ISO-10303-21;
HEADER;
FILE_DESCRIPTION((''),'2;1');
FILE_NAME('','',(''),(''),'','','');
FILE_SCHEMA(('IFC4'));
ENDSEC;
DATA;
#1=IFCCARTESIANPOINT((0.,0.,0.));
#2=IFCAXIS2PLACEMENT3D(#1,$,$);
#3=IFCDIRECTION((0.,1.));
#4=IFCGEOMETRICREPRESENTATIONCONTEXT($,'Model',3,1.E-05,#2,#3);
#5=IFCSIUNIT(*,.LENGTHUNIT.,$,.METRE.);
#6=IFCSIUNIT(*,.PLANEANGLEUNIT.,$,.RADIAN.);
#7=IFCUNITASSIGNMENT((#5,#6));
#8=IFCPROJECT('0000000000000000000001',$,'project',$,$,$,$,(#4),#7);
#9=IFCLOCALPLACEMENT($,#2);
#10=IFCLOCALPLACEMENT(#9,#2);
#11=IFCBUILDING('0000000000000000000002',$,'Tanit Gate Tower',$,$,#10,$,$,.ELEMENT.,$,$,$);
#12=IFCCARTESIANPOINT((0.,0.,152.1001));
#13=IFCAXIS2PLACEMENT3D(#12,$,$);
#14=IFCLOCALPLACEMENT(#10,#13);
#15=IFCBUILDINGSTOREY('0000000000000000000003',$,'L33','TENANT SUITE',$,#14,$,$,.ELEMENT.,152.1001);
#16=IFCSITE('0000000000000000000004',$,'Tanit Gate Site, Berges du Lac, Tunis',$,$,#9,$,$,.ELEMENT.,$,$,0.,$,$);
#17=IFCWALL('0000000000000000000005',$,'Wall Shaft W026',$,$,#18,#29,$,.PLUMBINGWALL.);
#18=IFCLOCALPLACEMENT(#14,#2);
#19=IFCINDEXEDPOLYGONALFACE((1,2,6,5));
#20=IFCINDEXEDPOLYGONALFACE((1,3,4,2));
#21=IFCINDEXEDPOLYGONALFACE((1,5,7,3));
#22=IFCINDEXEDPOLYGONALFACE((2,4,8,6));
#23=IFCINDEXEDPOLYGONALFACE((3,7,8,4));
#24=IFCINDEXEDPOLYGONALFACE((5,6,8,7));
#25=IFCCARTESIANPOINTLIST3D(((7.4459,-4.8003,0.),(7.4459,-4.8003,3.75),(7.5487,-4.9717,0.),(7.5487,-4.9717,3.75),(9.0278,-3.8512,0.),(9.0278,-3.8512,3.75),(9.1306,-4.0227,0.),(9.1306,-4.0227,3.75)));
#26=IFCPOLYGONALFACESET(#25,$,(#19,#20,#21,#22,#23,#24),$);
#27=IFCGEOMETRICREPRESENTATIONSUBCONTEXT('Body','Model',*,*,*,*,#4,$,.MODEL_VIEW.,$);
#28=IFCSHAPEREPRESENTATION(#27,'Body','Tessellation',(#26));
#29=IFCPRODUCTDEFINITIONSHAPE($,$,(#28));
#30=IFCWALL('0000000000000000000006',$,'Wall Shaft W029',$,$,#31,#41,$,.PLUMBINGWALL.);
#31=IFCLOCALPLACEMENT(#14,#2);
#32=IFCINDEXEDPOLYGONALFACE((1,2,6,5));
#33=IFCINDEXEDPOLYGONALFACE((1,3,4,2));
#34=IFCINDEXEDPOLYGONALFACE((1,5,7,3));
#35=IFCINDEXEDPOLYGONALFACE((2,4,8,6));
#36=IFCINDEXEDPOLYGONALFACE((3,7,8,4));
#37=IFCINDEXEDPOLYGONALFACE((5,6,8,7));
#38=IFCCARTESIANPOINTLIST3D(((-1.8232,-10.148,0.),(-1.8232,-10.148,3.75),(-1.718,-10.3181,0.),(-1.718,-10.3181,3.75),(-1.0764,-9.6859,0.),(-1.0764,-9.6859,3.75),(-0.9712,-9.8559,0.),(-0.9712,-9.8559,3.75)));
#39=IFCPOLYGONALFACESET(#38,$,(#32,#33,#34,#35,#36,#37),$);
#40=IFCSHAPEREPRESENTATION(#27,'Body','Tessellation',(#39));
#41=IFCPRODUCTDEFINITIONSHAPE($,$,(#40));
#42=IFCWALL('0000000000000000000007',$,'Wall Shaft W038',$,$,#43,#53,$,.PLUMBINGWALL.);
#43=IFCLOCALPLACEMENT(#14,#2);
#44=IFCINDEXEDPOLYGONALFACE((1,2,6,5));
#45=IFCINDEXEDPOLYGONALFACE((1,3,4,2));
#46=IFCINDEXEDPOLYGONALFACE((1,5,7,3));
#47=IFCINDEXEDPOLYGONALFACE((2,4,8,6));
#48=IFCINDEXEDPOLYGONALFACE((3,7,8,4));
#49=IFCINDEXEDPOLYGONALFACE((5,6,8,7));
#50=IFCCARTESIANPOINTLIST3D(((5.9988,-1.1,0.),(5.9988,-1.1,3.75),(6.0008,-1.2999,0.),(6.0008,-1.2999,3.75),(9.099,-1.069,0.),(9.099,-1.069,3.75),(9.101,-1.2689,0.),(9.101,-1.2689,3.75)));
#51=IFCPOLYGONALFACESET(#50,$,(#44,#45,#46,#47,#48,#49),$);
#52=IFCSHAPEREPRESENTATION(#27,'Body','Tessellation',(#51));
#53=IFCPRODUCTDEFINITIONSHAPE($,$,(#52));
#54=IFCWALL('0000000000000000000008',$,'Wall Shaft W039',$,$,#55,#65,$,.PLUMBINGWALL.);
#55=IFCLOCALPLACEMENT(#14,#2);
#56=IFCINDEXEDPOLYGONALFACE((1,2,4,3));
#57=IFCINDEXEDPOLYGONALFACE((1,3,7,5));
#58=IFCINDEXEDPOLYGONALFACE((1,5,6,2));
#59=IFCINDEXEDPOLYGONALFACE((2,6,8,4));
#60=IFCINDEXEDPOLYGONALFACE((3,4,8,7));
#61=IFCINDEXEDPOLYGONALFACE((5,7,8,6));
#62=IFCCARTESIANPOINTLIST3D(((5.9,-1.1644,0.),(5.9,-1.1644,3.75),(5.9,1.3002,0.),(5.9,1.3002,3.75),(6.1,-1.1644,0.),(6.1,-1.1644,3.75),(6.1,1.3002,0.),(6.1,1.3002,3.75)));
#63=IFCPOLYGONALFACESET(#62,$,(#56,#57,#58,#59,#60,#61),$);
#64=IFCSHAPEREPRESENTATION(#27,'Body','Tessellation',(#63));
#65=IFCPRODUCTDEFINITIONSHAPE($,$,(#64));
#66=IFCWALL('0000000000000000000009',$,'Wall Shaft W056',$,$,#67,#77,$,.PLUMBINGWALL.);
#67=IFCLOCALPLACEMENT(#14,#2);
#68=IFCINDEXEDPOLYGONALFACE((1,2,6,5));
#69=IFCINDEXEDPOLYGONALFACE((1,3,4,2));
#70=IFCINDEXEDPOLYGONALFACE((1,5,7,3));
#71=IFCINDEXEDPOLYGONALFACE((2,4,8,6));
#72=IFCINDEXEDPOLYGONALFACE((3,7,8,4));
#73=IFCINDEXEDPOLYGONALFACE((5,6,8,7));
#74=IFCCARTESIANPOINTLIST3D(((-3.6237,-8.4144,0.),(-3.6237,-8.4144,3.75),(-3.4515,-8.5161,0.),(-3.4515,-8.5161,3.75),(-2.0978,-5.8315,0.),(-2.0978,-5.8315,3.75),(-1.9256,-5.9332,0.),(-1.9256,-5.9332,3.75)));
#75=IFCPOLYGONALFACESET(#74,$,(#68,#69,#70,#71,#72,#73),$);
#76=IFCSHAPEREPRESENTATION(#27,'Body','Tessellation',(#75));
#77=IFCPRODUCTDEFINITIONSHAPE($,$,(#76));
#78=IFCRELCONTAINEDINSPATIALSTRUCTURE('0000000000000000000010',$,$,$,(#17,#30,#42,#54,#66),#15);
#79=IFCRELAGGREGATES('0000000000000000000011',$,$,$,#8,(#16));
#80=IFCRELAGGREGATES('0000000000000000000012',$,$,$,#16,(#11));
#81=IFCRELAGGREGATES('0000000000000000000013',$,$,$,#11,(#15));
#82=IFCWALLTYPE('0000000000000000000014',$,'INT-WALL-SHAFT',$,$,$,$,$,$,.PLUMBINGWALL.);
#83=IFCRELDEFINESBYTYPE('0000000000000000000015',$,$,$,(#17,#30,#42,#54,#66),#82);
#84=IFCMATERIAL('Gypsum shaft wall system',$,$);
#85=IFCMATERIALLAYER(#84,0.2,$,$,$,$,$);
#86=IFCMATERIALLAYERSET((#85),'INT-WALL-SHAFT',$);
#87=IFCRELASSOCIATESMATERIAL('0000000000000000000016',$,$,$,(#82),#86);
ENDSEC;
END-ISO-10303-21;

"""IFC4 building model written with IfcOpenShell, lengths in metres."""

from ifc_helpers import new_model, si_unit, direction, frame, frame_2d, origin, place, context, subcontext, project, spatial, rectangle, extrude, material, layer, layer_set, type_object, element, save


model = new_model("IFC4")

# Units and contexts
model_context = context("Model", 3, precision=1e-05, world=origin(), true_north=direction((0.0, 1.0)))
body_context = subcontext(model_context, "Body", "Model", "MODEL_VIEW")
ifc_project = project(units=[si_unit("LENGTHUNIT", "METRE"), si_unit("PLANEANGLEUNIT", "RADIAN")], contexts=[model_context])

# Site, building, storey
site_placement = place(None, origin())
site = spatial("IfcSite", under=ifc_project, at=site_placement, Name="Tanit Gate Site, Berges du Lac, Tunis", CompositionType="ELEMENT", RefElevation=0.0)
building_placement = place(site_placement, origin())
building = spatial("IfcBuilding", under=site, at=building_placement, Name="Tanit Gate Tower", CompositionType="ELEMENT")
storey_placement = place(building_placement, frame((0.0, 0.0, 152.1001)))
storey = spatial("IfcBuildingStorey", under=building, at=storey_placement, Name="L33", Description="TENANT SUITE", CompositionType="ELEMENT", Elevation=152.1001)

# Walls
ifc_material_1 = material(Name="Gypsum shaft wall system")
ifc_layer_1 = layer(ifc_material_1, 0.2)
ifc_layer_set_1 = layer_set([ifc_layer_1], Name="INT-WALL-SHAFT")
wall_type_1 = type_object("IfcWallType", Name="INT-WALL-SHAFT", PredefinedType="PLUMBINGWALL", material=ifc_layer_set_1)
wall_1_placement = place(storey_placement, frame((7.4973, -4.886, 0.0), z_axis=(0.0, 0.0, 1.0), x_axis=(0.857516, 0.514457, 0.0)))
element("IfcWall", 1, at=wall_1_placement, inside=storey, type_object=wall_type_1, Name="Wall Shaft W026", PredefinedType="PLUMBINGWALL", context=body_context, shape_type="SweptSolid", body=[
    extrude(rectangle(XDim=1.8447, YDim=0.2, at=frame_2d((0.9224, 0.0))), origin(), (0.0, 0.0, 1.0), 3.75),
])
wall_2_placement = place(storey_placement, frame((-1.0239, -9.771, 0.0), z_axis=(0.0, 0.0, 1.0), x_axis=(-0.850348, -0.526221, 0.0)))
element("IfcWall", 2, at=wall_2_placement, inside=storey, type_object=wall_type_1, Name="Wall Shaft W029", PredefinedType="PLUMBINGWALL", context=body_context, shape_type="SweptSolid", body=[
    extrude(rectangle(XDim=0.8782, YDim=0.2, at=frame_2d((0.439, 0.0))), origin(), (0.0, 0.0, 1.0), 3.75),
])
wall_3_placement = place(storey_placement, frame((9.1001, -1.1689, 0.0), z_axis=(0.0, 0.0, 1.0), x_axis=(-0.99995, -0.010001, 0.0)))
element("IfcWall", 3, at=wall_3_placement, inside=storey, type_object=wall_type_1, Name="Wall Shaft W038", PredefinedType="PLUMBINGWALL", context=body_context, shape_type="SweptSolid", body=[
    extrude(rectangle(XDim=3.1003, YDim=0.2, at=frame_2d((1.5503, 0.0))), origin(), (0.0, 0.0, 1.0), 3.75),
])
wall_4_placement = place(storey_placement, frame((6.0, -1.1646, 0.0), z_axis=(0.0, 0.0, 1.0), x_axis=(0.0, 1.0, 0.0)))
element("IfcWall", 4, at=wall_4_placement, inside=storey, type_object=wall_type_1, Name="Wall Shaft W039", PredefinedType="PLUMBINGWALL", context=body_context, shape_type="SweptSolid", body=[
    extrude(rectangle(XDim=2.4646, YDim=0.2, at=frame_2d((1.2324, 0.0))), origin(), (0.0, 0.0, 1.0), 3.75),
])
wall_5_placement = place(storey_placement, frame((-2.0117, -5.8823, 0.0), z_axis=(0.0, 0.0, 1.0), x_axis=(-0.50862, -0.860991, 0.0)))
element("IfcWall", 5, at=wall_5_placement, inside=storey, type_object=wall_type_1, Name="Wall Shaft W056", PredefinedType="PLUMBINGWALL", context=body_context, shape_type="SweptSolid", body=[
    extrude(rectangle(XDim=3.0, YDim=0.2, at=frame_2d((1.5, 0.0))), origin(), (0.0, 0.0, 1.0), 3.75),
])

save(model, "model.ifc")
